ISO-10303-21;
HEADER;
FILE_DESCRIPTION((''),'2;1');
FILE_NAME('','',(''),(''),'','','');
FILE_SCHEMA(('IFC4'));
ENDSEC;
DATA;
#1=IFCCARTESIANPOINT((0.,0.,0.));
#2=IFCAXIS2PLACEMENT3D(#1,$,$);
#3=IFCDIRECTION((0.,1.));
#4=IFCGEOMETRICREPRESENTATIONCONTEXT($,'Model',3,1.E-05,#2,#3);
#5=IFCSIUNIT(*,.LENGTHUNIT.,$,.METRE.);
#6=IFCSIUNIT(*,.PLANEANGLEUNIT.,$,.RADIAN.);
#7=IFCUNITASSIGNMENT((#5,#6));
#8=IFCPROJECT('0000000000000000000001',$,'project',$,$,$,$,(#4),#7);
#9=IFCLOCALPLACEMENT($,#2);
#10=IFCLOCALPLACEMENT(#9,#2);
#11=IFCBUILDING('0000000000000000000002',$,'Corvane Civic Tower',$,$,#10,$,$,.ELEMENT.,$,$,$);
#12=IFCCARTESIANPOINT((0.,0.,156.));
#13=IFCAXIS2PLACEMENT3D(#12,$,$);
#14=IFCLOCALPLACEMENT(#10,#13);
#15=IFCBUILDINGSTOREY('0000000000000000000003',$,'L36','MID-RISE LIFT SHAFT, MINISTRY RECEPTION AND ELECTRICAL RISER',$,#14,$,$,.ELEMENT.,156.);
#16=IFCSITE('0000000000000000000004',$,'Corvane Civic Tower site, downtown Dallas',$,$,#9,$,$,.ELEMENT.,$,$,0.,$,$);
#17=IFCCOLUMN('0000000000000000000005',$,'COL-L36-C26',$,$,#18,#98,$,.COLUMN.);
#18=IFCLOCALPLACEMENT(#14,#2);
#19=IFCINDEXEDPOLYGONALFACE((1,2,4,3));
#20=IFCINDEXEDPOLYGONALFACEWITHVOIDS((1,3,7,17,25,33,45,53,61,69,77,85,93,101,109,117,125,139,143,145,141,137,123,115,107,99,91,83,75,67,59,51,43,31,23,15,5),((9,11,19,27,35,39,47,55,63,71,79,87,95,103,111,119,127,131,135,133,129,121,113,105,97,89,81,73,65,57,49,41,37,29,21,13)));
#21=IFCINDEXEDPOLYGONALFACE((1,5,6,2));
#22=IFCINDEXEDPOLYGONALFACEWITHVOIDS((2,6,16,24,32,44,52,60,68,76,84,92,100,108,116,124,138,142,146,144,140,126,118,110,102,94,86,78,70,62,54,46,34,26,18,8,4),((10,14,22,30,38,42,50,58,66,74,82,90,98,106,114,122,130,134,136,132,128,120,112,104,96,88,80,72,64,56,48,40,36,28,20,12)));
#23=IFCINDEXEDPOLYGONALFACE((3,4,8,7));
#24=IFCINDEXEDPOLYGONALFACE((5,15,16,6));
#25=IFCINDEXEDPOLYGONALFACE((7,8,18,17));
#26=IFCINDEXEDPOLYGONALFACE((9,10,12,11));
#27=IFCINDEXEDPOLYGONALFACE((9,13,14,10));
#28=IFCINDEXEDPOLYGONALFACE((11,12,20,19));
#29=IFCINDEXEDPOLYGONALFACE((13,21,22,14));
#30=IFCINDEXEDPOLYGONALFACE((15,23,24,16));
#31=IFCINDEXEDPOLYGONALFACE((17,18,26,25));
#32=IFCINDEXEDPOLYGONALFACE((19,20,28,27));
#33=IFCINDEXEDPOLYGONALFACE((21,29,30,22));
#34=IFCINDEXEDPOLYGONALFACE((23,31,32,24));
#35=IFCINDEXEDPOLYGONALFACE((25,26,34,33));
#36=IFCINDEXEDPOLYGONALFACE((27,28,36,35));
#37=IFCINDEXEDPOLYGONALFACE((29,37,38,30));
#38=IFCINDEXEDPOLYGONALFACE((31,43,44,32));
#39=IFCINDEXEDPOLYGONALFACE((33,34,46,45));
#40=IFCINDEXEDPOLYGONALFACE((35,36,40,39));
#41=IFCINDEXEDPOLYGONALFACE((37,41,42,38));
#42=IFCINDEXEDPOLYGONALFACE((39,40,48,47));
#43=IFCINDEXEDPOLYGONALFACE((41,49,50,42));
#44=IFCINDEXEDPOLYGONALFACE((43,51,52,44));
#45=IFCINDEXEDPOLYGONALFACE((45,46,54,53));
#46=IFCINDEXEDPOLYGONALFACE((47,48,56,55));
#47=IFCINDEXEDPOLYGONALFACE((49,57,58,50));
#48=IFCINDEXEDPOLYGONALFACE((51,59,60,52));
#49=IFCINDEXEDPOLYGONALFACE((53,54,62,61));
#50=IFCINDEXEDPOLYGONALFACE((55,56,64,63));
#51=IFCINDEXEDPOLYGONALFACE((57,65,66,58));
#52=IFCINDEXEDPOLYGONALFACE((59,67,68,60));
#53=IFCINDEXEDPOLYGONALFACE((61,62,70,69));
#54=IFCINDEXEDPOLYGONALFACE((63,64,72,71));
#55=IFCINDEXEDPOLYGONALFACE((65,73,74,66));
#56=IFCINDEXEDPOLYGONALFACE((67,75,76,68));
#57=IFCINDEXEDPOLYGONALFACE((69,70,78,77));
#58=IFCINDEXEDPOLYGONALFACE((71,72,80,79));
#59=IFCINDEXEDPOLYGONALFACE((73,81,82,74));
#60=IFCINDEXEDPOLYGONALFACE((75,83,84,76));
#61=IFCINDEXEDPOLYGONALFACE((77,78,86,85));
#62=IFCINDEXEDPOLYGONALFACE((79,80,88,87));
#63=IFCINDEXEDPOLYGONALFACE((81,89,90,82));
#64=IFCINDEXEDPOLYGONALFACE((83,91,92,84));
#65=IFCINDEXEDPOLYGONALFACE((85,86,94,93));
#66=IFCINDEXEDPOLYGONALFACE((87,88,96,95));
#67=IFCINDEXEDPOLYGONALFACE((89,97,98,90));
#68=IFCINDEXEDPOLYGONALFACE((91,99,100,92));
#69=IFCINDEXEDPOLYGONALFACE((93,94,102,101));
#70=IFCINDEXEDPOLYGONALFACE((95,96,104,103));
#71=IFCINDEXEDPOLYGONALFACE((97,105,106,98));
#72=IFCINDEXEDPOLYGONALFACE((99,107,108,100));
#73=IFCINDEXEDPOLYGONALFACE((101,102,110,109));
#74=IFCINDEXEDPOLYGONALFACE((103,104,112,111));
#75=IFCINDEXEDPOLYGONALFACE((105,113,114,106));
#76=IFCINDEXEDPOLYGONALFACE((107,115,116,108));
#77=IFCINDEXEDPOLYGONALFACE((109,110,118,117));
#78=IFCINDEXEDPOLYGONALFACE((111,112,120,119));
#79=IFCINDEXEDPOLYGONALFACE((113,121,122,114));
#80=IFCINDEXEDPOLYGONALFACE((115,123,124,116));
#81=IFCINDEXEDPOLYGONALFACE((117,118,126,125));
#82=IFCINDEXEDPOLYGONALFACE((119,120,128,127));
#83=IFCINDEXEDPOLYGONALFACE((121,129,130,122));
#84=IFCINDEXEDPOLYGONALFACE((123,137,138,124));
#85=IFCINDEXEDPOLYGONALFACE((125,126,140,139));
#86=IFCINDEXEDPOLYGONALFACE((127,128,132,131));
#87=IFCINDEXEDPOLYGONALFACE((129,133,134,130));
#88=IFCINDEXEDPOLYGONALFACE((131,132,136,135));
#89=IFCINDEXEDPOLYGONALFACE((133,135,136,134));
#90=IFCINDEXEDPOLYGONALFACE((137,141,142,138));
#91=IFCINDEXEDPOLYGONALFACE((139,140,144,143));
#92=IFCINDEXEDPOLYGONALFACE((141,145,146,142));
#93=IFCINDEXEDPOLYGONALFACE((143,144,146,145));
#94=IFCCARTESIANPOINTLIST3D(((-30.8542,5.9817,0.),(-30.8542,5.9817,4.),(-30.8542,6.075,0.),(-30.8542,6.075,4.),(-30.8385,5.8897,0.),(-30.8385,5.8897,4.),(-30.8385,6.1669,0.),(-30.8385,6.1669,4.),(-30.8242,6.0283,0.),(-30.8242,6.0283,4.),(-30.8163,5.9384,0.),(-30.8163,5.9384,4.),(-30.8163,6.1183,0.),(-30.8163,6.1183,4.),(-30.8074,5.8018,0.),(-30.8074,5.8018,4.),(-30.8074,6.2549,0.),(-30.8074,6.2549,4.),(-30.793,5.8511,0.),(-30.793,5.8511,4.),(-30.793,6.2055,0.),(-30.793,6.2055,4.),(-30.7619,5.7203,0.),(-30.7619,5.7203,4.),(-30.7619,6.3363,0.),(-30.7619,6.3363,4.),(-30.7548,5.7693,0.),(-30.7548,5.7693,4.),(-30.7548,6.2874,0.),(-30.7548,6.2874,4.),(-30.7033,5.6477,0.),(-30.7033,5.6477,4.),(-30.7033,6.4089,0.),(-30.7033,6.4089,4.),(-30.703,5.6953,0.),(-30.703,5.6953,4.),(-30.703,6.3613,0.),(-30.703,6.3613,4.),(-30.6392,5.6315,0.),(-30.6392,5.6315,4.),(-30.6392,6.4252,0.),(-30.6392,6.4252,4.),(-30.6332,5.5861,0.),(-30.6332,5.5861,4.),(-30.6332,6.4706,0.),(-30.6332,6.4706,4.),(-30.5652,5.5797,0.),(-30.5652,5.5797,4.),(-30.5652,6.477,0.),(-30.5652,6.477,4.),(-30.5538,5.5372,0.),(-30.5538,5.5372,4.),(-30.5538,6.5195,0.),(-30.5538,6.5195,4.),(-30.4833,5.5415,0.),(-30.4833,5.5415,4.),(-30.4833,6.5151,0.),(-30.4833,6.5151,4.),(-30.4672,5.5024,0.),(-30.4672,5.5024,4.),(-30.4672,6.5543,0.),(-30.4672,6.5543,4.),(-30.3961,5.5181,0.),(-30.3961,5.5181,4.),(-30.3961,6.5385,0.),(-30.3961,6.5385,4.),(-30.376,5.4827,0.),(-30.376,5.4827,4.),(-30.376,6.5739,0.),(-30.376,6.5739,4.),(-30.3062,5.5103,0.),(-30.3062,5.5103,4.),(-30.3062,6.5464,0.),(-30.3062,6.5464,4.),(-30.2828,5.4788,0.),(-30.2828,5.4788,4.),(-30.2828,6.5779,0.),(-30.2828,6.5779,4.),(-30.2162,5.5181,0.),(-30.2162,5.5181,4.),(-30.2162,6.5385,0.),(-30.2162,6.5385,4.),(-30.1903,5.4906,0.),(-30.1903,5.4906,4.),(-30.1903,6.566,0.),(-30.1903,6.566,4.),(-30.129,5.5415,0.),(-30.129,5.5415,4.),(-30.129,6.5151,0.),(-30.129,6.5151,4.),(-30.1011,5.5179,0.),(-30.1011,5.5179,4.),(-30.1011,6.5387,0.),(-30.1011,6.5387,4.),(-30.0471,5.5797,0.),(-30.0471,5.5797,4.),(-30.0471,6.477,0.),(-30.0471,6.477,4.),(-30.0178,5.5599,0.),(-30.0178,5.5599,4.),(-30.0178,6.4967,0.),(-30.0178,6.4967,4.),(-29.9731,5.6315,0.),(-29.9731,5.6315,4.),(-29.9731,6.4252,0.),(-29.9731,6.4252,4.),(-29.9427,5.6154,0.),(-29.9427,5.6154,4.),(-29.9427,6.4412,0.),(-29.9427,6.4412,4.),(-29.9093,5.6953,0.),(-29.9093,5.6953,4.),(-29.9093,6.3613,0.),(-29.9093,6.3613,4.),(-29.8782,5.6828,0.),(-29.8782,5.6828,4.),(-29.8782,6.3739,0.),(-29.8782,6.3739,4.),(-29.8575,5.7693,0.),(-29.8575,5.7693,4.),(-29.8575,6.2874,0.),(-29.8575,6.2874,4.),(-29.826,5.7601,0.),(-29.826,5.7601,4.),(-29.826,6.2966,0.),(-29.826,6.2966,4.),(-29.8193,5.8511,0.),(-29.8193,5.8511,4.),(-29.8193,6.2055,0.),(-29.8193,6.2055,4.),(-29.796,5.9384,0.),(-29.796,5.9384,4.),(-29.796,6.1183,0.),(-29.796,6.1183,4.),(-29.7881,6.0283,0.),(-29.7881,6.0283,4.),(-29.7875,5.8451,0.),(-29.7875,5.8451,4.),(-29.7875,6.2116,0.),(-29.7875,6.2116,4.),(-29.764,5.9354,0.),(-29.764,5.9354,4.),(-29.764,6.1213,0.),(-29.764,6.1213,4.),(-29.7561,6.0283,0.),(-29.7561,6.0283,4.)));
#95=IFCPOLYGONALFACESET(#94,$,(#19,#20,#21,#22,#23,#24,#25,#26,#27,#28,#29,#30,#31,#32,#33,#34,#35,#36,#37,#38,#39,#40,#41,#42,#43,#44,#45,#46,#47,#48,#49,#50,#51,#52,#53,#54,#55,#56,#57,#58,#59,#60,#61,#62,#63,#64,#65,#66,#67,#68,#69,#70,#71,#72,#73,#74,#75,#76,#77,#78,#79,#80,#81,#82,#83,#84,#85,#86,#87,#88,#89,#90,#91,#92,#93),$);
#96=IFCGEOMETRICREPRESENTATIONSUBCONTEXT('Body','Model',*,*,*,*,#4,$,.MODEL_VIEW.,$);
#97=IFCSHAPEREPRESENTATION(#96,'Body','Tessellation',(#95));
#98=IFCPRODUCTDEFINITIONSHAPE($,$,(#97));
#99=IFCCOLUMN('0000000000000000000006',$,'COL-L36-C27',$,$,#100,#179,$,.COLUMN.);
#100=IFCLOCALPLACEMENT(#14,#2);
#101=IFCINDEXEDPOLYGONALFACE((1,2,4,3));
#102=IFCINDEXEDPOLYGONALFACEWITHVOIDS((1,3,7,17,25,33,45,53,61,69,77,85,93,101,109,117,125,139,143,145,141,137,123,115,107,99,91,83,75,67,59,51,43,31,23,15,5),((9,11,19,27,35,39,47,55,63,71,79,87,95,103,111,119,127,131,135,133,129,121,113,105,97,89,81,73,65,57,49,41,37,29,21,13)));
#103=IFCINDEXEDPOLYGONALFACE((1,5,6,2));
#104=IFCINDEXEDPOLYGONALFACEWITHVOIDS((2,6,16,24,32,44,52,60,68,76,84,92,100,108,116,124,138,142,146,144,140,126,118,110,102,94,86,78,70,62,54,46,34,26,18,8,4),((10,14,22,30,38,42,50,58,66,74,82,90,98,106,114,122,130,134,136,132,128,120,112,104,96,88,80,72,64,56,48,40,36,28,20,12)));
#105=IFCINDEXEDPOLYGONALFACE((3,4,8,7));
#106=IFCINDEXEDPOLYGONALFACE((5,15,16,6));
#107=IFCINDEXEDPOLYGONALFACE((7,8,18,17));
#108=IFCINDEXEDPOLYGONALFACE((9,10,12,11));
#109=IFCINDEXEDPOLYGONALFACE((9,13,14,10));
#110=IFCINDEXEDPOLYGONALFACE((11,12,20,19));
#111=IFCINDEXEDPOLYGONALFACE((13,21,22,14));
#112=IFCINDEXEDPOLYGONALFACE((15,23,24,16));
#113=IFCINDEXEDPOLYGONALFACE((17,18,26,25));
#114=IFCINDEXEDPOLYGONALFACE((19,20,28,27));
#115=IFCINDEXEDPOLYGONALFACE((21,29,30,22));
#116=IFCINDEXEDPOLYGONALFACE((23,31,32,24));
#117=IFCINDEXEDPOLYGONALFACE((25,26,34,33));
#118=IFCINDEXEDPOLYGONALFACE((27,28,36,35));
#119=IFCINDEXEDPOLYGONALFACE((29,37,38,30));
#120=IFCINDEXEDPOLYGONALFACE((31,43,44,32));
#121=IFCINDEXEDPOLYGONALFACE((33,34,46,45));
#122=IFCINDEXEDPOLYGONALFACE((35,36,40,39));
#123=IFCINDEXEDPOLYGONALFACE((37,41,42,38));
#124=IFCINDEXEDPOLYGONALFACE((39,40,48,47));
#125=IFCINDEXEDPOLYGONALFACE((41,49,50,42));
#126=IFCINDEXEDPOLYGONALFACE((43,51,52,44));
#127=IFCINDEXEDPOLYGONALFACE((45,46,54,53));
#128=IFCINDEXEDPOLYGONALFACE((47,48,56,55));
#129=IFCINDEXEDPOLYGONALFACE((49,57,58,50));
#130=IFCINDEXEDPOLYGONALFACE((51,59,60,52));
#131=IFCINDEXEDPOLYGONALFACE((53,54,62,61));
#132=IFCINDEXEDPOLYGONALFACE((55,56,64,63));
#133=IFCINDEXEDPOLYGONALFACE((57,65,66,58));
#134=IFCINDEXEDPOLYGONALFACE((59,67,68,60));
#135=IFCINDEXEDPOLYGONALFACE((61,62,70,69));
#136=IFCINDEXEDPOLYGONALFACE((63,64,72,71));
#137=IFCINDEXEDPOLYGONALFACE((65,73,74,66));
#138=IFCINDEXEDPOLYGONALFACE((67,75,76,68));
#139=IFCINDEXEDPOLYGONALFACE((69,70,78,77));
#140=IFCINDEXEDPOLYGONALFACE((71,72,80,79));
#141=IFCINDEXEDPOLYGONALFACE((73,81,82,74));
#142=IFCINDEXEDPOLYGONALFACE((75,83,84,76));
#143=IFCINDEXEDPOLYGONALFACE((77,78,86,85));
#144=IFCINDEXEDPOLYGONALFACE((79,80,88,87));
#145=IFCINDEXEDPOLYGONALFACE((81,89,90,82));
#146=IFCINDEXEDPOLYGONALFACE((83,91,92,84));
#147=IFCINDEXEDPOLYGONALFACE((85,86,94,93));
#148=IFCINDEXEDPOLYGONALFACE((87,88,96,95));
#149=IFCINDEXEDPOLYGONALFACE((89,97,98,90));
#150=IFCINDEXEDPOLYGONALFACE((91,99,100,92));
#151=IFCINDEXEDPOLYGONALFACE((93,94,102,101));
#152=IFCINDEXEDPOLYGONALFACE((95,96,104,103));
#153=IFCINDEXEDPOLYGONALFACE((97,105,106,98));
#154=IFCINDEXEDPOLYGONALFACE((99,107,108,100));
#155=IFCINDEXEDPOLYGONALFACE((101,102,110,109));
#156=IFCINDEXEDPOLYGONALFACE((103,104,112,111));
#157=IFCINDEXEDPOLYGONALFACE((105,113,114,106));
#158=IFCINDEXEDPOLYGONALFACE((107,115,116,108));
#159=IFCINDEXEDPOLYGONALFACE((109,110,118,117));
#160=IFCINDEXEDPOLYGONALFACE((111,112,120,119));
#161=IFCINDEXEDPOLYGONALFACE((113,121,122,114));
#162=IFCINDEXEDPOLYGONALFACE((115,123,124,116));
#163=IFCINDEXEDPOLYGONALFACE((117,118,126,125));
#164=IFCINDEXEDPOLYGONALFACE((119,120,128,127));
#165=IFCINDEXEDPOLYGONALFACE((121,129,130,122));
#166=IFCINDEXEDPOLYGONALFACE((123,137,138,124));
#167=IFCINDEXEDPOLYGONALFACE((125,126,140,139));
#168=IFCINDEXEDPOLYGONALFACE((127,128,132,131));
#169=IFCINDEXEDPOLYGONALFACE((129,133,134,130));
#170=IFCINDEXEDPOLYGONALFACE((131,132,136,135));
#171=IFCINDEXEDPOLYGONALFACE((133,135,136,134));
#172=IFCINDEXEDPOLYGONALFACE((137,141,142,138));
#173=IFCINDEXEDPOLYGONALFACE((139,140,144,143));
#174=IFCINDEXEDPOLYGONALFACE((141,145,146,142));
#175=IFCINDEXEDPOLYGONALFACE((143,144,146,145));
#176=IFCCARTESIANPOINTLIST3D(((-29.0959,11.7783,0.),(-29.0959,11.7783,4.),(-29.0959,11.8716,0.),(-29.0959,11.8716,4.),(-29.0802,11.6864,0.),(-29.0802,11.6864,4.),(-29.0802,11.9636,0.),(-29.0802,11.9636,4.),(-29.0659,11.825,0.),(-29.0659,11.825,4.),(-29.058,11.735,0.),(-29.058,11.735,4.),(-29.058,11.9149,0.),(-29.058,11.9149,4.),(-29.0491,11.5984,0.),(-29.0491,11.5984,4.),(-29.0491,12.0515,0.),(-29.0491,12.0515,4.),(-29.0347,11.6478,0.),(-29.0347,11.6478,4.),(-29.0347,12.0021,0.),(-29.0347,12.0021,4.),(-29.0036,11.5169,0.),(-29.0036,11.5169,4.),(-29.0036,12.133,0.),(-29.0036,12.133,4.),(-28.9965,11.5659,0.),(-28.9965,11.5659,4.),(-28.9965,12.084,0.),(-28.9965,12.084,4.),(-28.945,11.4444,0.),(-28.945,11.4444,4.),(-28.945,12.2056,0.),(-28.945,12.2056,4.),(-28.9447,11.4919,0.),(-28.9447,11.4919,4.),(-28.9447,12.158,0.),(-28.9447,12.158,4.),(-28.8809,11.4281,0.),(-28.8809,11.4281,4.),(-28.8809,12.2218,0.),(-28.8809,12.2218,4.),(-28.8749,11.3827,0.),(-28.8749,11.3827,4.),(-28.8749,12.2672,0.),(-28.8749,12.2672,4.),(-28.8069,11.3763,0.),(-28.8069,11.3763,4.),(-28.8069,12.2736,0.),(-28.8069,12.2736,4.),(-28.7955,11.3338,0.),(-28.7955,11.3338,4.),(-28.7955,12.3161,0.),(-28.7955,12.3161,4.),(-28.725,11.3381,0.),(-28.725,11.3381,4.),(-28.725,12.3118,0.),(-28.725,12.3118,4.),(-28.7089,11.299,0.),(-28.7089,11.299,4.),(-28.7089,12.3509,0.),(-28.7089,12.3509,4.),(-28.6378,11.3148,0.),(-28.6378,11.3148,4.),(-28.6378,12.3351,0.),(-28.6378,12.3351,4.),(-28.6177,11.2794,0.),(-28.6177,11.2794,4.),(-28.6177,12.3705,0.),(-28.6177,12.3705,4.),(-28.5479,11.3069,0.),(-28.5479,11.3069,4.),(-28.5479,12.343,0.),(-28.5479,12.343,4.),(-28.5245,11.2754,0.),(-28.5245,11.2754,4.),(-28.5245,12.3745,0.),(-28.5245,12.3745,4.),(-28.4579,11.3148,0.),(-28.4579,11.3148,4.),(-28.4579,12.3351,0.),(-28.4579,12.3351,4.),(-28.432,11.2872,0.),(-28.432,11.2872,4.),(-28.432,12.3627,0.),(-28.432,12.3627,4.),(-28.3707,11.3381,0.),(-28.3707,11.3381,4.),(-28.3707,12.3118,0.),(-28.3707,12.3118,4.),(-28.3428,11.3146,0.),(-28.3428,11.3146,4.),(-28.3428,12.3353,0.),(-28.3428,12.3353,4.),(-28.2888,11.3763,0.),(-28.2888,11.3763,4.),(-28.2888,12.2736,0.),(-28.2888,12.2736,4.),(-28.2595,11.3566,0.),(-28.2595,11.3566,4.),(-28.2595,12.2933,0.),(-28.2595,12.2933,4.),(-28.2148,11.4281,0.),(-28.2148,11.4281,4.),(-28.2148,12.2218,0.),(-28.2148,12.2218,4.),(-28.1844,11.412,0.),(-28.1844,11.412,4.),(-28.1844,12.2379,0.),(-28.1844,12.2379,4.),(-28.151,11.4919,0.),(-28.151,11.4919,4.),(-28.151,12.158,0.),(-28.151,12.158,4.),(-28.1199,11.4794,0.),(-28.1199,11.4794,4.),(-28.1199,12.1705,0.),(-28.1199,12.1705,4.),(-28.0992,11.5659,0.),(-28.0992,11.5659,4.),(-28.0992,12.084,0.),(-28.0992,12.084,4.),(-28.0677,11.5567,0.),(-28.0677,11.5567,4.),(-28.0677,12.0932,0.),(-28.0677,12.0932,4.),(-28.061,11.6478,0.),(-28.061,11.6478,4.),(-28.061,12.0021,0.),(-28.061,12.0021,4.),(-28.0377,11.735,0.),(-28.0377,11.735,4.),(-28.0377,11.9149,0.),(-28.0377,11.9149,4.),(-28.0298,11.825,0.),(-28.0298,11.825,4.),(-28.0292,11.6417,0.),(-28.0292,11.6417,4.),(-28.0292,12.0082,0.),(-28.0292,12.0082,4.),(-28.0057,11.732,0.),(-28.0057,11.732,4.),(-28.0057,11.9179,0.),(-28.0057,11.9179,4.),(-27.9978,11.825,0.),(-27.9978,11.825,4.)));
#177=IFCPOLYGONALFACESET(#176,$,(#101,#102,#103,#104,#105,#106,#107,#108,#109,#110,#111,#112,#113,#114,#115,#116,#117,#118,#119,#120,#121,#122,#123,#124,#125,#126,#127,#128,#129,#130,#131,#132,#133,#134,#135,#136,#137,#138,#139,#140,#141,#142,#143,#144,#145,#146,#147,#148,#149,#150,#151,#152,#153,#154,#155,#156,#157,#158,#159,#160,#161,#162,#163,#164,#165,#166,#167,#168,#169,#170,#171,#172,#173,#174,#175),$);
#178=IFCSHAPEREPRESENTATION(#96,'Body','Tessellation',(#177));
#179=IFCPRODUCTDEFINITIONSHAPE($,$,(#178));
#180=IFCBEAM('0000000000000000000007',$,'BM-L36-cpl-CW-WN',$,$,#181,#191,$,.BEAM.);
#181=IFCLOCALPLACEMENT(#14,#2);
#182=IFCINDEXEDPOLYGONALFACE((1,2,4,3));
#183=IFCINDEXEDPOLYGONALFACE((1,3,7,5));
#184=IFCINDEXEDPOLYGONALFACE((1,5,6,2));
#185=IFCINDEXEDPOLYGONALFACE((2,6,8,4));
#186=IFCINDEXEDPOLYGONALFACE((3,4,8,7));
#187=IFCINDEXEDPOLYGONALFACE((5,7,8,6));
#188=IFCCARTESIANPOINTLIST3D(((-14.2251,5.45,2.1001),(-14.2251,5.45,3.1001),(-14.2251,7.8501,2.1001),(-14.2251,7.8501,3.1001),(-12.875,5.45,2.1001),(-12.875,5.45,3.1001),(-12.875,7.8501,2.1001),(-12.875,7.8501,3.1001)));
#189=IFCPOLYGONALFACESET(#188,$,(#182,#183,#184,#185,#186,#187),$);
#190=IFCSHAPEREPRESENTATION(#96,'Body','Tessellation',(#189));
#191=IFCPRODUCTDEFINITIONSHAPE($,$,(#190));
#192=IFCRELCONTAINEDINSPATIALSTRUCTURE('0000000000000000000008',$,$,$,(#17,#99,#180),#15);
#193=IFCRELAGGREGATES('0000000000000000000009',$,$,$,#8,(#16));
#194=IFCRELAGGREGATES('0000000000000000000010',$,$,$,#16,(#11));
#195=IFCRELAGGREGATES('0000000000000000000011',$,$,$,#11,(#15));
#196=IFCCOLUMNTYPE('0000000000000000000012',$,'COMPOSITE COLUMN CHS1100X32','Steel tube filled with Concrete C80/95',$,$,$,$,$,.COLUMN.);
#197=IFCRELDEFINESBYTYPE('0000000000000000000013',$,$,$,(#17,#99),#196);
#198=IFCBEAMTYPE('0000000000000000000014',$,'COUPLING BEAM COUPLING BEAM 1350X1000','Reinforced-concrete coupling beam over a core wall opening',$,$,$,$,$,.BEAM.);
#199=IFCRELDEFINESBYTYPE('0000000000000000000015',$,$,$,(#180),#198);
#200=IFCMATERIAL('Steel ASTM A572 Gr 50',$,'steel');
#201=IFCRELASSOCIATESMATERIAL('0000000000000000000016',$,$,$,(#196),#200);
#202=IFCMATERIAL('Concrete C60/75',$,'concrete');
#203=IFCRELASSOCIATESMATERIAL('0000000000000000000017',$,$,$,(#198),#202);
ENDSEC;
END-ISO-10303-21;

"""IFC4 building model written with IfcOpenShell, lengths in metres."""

from ifc_helpers import new_model, si_unit, direction, frame, origin, origin_2d, place, context, subcontext, project, spatial, rectangle, hollow_circle, extrude, material, material_profile, profile_set, type_object, element, save


model = new_model("IFC4")

# Units and contexts
model_context = context("Model", 3, precision=1e-05, world=origin(), true_north=direction((0.0, 1.0)))
body_context = subcontext(model_context, "Body", "Model", "MODEL_VIEW")
ifc_project = project(units=[si_unit("LENGTHUNIT", "METRE"), si_unit("PLANEANGLEUNIT", "RADIAN")], contexts=[model_context])

# Site, building, storey
site_placement = place(None, origin())
site = spatial("IfcSite", under=ifc_project, at=site_placement, Name="Corvane Civic Tower site, downtown Dallas", CompositionType="ELEMENT", RefElevation=0.0)
building_placement = place(site_placement, origin())
building = spatial("IfcBuilding", under=site, at=building_placement, Name="Corvane Civic Tower", CompositionType="ELEMENT")
storey_placement = place(building_placement, frame((0.0, 0.0, 156.0)))
storey = spatial("IfcBuildingStorey", under=building, at=storey_placement, Name="L36", Description="MID-RISE LIFT SHAFT, MINISTRY RECEPTION AND ELECTRICAL RISER", CompositionType="ELEMENT", Elevation=156.0)

# Columns
ifc_material_1 = material(Name="Steel ASTM A572 Gr 50", Category="steel")
ifc_material_profile_1 = material_profile(ifc_material_1, hollow_circle(Radius=0.55, WallThickness=0.032, at=origin_2d()), Name="CHS1100X32")
ifc_profile_set_1 = profile_set([ifc_material_profile_1], Name="Steel ASTM A572 Gr 50")
column_type = type_object("IfcColumnType", Name="COMPOSITE COLUMN CHS1100X32", Description="Steel tube filled with Concrete C80/95", PredefinedType="COLUMN", material=ifc_profile_set_1)
for number, where, z_axis, x_axis, name in (
    (1, (-30.3062, 6.0283, 0.0), (0.0, 0.0, 1.0), (1.0, 0.0, 0.0), "COL-L36-C26"),
    (2, (-28.5479, 11.825, 0.0), (0.0, 0.0, 1.0), (1.0, 0.0, 0.0), "COL-L36-C27"),
):
    element("IfcColumn", number, at=place(storey_placement, frame(where, z_axis=z_axis, x_axis=x_axis)), inside=storey, type_object=column_type, Name=name, PredefinedType="COLUMN", context=body_context, shape_type="SweptSolid", body=[
        extrude(hollow_circle(Radius=0.55, WallThickness=0.032, at=origin_2d()), origin(), (0.0, 0.0, 1.0), 4.0),
    ])

# Beam
ifc_material_2 = material(Name="Concrete C60/75", Category="concrete")
ifc_material_profile_2 = material_profile(ifc_material_2, rectangle(XDim=1.3501, YDim=1.0, at=origin_2d()), Name="COUPLING BEAM 1350X1000")
ifc_profile_set_2 = profile_set([ifc_material_profile_2], Name="Concrete C60/75")
beam_type_1 = type_object("IfcBeamType", Name="COUPLING BEAM COUPLING BEAM 1350X1000", Description="Reinforced-concrete coupling beam over a core wall opening", PredefinedType="BEAM", material=ifc_profile_set_2)
beam_1_placement = place(storey_placement, frame((-13.55, 5.45, 2.6001), z_axis=(0.0, 1.0, 0.0), x_axis=(-1.0, 0.0, 0.0)))
element("IfcBeam", 3, at=beam_1_placement, inside=storey, type_object=beam_type_1, Name="BM-L36-cpl-CW-WN", PredefinedType="BEAM", context=body_context, shape_type="SweptSolid", body=[
    extrude(rectangle(XDim=1.3501, YDim=1.0, at=origin_2d()), origin(), (0.0, 0.0, 1.0), 2.4001),
])

save(model, "model.ifc")
